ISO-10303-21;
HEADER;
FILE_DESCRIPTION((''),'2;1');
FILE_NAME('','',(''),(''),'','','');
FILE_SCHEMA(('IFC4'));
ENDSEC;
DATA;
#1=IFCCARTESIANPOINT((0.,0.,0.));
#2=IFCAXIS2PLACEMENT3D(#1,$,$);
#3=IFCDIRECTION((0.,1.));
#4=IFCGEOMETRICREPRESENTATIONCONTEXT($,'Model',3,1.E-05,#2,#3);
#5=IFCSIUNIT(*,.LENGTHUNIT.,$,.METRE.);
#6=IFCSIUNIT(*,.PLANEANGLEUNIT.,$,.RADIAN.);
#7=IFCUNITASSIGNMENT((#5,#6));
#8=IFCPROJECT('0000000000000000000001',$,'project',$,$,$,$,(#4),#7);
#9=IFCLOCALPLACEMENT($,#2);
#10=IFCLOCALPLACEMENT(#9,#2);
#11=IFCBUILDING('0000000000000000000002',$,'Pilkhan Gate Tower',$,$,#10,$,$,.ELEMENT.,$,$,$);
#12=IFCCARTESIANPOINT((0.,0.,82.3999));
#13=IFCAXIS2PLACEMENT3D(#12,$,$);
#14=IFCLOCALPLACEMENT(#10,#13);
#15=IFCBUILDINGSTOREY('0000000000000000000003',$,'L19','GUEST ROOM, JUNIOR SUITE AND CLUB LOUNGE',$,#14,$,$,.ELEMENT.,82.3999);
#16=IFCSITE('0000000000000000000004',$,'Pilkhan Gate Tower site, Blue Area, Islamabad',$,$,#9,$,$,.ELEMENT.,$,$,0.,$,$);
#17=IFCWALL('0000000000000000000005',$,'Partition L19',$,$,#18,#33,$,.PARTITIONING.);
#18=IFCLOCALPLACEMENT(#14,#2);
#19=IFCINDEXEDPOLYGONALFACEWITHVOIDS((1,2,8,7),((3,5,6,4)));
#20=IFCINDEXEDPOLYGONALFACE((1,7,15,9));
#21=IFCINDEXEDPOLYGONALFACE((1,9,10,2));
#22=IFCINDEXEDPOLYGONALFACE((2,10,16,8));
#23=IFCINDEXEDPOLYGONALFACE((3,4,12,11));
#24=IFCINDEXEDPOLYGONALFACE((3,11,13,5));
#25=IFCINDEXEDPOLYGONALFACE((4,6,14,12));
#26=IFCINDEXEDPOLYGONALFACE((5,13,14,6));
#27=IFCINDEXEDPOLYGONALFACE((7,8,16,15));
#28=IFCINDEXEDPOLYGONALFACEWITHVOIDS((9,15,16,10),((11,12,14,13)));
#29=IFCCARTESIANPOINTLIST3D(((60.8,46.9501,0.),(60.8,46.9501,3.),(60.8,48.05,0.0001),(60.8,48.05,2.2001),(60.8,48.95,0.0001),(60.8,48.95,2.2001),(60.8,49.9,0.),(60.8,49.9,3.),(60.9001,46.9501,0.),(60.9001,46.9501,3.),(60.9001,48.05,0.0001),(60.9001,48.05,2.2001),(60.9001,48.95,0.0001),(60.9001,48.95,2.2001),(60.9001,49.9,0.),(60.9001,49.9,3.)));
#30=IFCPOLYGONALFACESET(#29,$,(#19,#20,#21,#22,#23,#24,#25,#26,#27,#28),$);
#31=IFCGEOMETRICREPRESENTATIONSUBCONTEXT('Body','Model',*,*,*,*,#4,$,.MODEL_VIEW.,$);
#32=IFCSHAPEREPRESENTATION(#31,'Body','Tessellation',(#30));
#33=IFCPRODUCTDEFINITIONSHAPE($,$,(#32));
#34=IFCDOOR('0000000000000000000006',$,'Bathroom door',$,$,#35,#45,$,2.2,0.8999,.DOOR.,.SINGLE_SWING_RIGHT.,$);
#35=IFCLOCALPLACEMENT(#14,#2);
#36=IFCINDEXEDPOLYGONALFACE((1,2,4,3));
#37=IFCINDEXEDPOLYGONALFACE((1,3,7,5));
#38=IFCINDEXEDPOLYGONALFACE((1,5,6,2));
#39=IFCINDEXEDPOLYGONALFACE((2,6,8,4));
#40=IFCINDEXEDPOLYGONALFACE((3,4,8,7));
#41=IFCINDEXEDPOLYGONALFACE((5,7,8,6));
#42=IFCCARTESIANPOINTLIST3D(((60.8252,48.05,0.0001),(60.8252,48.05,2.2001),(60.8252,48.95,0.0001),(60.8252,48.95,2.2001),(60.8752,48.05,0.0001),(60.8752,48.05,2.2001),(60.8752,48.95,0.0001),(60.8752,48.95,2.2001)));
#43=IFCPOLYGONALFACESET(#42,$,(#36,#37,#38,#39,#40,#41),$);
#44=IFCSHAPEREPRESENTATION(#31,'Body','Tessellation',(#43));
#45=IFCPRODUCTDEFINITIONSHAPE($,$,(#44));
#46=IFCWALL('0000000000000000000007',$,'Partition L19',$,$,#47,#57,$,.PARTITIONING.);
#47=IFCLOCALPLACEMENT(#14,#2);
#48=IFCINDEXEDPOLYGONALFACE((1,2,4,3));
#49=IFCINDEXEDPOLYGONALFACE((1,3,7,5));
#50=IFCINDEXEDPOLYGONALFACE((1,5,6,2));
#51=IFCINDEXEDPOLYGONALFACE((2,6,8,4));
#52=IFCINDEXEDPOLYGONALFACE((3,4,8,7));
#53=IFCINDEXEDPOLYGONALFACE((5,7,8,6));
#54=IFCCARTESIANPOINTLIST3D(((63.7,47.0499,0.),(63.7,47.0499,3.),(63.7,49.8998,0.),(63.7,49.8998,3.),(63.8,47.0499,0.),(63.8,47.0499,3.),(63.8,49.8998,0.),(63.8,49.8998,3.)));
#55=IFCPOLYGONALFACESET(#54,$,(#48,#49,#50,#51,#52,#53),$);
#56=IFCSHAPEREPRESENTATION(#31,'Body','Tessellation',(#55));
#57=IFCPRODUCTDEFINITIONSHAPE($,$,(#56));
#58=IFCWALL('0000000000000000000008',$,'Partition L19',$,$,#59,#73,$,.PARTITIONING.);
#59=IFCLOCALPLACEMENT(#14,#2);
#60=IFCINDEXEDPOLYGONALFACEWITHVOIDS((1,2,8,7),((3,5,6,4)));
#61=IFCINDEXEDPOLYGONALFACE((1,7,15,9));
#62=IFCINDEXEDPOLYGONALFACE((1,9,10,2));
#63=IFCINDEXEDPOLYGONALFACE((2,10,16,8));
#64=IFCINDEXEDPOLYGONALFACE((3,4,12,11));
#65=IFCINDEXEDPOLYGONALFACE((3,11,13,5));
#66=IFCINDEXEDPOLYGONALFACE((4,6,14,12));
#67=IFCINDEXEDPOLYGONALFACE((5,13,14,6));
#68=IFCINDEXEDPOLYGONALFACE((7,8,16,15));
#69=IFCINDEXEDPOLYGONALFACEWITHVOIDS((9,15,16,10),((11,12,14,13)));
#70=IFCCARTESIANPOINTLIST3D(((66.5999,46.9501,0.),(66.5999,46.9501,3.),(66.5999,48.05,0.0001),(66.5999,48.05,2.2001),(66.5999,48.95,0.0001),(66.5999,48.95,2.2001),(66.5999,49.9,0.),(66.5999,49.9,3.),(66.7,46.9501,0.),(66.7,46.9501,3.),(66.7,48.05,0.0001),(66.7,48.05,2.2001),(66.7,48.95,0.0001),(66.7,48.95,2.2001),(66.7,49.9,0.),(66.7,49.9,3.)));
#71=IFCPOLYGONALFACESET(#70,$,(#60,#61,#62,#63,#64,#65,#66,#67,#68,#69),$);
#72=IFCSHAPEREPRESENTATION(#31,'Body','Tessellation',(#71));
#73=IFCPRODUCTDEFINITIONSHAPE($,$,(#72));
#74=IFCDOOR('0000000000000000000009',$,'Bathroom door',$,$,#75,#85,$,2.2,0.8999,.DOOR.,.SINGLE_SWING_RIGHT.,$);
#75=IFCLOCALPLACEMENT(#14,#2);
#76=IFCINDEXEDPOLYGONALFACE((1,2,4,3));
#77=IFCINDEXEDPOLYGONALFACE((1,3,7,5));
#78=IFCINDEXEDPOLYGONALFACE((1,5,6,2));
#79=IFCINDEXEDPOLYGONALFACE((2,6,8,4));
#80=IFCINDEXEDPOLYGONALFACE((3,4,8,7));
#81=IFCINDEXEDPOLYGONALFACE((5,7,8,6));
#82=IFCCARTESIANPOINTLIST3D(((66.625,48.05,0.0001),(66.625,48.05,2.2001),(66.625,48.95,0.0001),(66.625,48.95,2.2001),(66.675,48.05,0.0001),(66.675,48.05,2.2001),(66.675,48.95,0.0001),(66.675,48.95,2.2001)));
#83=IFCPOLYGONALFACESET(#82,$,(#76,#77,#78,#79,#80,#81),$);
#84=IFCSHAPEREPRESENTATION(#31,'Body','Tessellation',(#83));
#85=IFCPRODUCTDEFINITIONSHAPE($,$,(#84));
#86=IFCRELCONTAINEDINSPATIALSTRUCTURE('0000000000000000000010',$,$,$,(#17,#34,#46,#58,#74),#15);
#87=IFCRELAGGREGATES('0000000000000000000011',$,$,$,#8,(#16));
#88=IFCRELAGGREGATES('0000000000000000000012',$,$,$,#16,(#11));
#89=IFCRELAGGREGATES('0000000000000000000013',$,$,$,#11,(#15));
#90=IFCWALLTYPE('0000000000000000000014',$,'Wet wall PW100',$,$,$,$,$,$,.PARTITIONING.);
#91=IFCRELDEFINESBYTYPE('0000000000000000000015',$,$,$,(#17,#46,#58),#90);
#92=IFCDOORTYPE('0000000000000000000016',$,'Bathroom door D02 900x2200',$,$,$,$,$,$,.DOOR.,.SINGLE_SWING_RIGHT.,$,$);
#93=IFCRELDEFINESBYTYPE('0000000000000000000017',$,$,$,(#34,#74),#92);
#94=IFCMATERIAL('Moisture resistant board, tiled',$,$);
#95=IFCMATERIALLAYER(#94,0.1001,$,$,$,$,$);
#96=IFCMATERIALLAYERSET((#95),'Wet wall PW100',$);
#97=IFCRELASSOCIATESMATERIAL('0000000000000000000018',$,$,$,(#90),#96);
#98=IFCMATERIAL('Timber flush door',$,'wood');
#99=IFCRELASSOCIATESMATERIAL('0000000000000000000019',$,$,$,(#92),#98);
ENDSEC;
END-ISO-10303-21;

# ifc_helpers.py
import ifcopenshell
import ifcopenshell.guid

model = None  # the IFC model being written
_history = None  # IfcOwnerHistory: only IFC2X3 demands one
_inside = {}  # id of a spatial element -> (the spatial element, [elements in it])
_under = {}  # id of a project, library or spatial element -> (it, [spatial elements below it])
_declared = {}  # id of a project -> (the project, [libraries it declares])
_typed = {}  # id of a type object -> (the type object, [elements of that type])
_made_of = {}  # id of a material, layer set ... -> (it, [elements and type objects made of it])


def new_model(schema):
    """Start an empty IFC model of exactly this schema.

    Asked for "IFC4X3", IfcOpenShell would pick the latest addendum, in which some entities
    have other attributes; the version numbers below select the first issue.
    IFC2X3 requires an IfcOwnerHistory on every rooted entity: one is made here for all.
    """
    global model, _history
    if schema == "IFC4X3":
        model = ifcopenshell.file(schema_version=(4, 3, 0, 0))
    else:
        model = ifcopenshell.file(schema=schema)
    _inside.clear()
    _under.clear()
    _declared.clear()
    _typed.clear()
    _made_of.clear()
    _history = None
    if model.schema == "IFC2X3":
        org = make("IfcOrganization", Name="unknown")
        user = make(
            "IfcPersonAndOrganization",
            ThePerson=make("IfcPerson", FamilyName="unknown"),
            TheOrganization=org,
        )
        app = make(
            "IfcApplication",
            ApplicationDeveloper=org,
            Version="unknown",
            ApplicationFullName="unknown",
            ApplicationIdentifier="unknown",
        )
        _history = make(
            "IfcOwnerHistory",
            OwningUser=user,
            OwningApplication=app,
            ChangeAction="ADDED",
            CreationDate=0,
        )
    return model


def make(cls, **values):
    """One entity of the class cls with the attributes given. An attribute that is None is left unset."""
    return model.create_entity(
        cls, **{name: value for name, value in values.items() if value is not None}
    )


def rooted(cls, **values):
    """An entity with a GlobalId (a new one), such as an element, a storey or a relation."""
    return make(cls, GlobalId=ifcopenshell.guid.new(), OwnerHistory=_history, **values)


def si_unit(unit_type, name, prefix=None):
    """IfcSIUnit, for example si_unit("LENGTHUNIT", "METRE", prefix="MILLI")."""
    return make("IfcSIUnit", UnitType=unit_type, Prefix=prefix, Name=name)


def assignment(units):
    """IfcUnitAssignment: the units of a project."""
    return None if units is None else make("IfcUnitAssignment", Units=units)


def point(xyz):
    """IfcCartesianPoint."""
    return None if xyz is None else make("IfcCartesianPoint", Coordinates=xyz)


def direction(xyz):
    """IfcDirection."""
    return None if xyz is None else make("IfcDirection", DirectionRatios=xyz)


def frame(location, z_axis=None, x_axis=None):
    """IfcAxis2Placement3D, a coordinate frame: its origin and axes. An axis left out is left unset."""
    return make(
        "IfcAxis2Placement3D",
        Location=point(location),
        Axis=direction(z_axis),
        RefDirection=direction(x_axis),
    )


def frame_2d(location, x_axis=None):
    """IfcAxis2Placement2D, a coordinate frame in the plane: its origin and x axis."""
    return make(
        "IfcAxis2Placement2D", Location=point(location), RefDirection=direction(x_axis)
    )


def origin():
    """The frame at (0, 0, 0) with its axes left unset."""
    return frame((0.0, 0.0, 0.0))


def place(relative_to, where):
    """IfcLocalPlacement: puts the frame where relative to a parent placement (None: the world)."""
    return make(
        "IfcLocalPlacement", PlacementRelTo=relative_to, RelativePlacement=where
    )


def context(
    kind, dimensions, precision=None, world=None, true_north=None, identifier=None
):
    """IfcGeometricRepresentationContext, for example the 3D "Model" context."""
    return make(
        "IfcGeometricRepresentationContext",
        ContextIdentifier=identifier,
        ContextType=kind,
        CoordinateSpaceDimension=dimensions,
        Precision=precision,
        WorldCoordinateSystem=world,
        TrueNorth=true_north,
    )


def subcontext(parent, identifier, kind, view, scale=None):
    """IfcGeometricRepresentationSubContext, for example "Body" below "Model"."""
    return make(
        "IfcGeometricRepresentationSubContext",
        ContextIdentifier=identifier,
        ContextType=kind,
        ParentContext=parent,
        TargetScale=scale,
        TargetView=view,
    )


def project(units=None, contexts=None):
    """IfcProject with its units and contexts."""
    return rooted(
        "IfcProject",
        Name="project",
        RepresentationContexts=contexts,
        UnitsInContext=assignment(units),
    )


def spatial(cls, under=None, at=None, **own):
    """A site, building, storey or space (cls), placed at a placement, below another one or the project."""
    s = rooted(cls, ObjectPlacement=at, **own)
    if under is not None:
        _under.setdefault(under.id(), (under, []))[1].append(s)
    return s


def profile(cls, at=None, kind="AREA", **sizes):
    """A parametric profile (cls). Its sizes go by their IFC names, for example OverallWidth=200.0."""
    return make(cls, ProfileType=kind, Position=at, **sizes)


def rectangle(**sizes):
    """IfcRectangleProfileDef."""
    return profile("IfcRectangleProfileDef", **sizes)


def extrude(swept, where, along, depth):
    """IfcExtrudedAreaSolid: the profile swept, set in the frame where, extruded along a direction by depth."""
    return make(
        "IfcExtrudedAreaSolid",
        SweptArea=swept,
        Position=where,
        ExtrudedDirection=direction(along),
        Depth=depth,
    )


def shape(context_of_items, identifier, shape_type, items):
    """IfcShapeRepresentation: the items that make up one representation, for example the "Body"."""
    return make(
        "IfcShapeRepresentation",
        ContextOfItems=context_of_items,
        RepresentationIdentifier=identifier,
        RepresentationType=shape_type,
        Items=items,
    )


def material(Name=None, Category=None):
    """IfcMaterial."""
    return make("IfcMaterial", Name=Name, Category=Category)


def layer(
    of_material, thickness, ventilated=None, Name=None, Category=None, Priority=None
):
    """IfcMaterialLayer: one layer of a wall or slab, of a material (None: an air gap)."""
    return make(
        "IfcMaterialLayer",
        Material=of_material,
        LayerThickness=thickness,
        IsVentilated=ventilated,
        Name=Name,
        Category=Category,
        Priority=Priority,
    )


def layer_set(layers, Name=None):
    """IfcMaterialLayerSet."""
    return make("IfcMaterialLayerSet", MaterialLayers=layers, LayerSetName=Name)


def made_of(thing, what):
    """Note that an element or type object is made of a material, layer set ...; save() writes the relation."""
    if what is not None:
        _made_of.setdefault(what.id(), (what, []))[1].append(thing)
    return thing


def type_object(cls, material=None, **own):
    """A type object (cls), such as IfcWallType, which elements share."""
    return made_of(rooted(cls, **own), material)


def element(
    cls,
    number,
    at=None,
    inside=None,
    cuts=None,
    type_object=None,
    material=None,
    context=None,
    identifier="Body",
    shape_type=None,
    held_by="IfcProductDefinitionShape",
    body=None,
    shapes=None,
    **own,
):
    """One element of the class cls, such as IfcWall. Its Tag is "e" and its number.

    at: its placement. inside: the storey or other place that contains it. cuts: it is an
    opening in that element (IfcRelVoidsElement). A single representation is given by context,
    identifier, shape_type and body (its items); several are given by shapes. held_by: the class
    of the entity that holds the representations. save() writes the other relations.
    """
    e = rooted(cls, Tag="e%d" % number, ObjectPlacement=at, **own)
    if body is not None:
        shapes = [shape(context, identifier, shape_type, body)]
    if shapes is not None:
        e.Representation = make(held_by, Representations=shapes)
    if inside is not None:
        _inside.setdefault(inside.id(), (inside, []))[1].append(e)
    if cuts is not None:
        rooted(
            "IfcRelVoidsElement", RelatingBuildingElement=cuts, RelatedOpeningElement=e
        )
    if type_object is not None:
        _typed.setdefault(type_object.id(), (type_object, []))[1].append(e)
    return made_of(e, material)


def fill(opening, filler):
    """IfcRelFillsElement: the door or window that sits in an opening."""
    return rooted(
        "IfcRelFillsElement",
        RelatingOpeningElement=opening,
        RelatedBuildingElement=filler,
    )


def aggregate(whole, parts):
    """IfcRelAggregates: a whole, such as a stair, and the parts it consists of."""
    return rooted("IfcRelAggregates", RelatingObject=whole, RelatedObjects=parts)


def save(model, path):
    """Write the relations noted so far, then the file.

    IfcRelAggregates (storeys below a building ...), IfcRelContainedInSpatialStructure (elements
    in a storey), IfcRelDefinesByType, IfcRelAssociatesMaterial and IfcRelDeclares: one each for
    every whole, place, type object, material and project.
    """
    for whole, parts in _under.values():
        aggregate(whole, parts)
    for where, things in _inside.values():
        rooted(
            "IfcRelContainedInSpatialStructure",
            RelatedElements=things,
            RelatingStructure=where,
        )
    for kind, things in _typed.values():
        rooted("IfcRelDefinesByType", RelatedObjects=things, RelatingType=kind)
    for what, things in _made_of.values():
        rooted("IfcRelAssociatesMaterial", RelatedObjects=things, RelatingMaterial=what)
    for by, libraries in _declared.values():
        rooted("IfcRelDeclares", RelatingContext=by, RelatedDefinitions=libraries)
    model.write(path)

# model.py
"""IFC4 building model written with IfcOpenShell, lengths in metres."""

from ifc_helpers import new_model, si_unit, direction, frame, frame_2d, origin, place, context, subcontext, project, spatial, rectangle, extrude, material, layer, layer_set, type_object, element, fill, save


model = new_model("IFC4")

# Units and contexts
model_context = context("Model", 3, precision=1e-05, world=origin(), true_north=direction((0.0, 1.0)))
body_context = subcontext(model_context, "Body", "Model", "MODEL_VIEW")
ifc_project = project(units=[si_unit("LENGTHUNIT", "METRE"), si_unit("PLANEANGLEUNIT", "RADIAN")], contexts=[model_context])

# Site, building, storey
site_placement = place(None, origin())
site = spatial("IfcSite", under=ifc_project, at=site_placement, Name="Pilkhan Gate Tower site, Blue Area, Islamabad", CompositionType="ELEMENT", RefElevation=0.0)
building_placement = place(site_placement, origin())
building = spatial("IfcBuilding", under=site, at=building_placement, Name="Pilkhan Gate Tower", CompositionType="ELEMENT")
storey_placement = place(building_placement, frame((0.0, 0.0, 82.3999)))
storey = spatial("IfcBuildingStorey", under=building, at=storey_placement, Name="L19", Description="GUEST ROOM, JUNIOR SUITE AND CLUB LOUNGE", CompositionType="ELEMENT", Elevation=82.3999)

# Shared definitions
ifc_material_1 = material(Name="Moisture resistant board, tiled")
ifc_layer_1 = layer(ifc_material_1, 0.1001)
ifc_layer_set_1 = layer_set([ifc_layer_1], Name="Wet wall PW100")
wall_type_1 = type_object("IfcWallType", Name="Wet wall PW100", PredefinedType="PARTITIONING", material=ifc_layer_set_1)

# Wall, opening, door
wall_1_placement = place(storey_placement, frame((60.8501, 46.95, 0.0), z_axis=(0.0, 0.0, 1.0), x_axis=(0.0, 1.0, 0.0)))
wall_1 = element("IfcWall", 1, at=wall_1_placement, inside=storey, type_object=wall_type_1, Name="Partition L19", PredefinedType="PARTITIONING", context=body_context, shape_type="SweptSolid", body=[
    extrude(rectangle(XDim=2.95, YDim=0.1001, at=frame_2d((1.4751, 0.0))), origin(), (0.0, 0.0, 1.0), 3.0),
])
opening_1_placement = place(wall_1_placement, frame((1.1001, 0.0, 0.0)))
opening_1 = element("IfcOpeningElement", 2, at=opening_1_placement, cuts=wall_1, PredefinedType="OPENING", context=body_context, shape_type="SweptSolid", body=[
    extrude(rectangle(XDim=0.8999, YDim=2.2, at=frame_2d((0.45, 1.1001))), frame((0.0, 0.0601, 0.0), z_axis=(0.0, -1.0, 0.0), x_axis=(1.0, 0.0, 0.0)), (0.0, 0.0, 1.0), 0.1201),
])
ifc_material_2 = material(Name="Timber flush door", Category="wood")
door_type = type_object("IfcDoorType", Name="Bathroom door D02 900x2200", OperationType="SINGLE_SWING_RIGHT", PredefinedType="DOOR", material=ifc_material_2)
door_1_placement = place(opening_1_placement, origin())
door_1 = element("IfcDoor", 3, at=door_1_placement, inside=storey, type_object=door_type, Name="Bathroom door", OperationType="SINGLE_SWING_RIGHT", OverallHeight=2.2, OverallWidth=0.8999, PredefinedType="DOOR", context=body_context, shape_type="SweptSolid", body=[
    extrude(rectangle(XDim=0.8999, YDim=2.2, at=frame_2d((0.45, 1.1001))), frame((0.0, 0.0249, 0.0), z_axis=(0.0, -1.0, 0.0), x_axis=(1.0, 0.0, 0.0)), (0.0, 0.0, 1.0), 0.05),
])
fill(opening_1, door_1)

# Wall
wall_2_placement = place(storey_placement, frame((63.75, 47.05, 0.0), z_axis=(0.0, 0.0, 1.0), x_axis=(0.0, 1.0, 0.0)))
element("IfcWall", 4, at=wall_2_placement, inside=storey, type_object=wall_type_1, Name="Partition L19", PredefinedType="PARTITIONING", context=body_context, shape_type="SweptSolid", body=[
    extrude(rectangle(XDim=2.8499, YDim=0.1001, at=frame_2d((1.4248, 0.0))), origin(), (0.0, 0.0, 1.0), 3.0),
])

# Wall, opening, door
wall_3_placement = place(storey_placement, frame((66.6499, 46.95, 0.0), z_axis=(0.0, 0.0, 1.0), x_axis=(0.0, 1.0, 0.0)))
wall_3 = element("IfcWall", 5, at=wall_3_placement, inside=storey, type_object=wall_type_1, Name="Partition L19", PredefinedType="PARTITIONING", context=body_context, shape_type="SweptSolid", body=[
    extrude(rectangle(XDim=2.95, YDim=0.1001, at=frame_2d((1.4751, 0.0))), origin(), (0.0, 0.0, 1.0), 3.0),
])
opening_2_placement = place(wall_3_placement, frame((1.1001, 0.0, 0.0)))
opening_2 = element("IfcOpeningElement", 6, at=opening_2_placement, cuts=wall_3, PredefinedType="OPENING", context=body_context, shape_type="SweptSolid", body=[
    extrude(rectangle(XDim=0.8999, YDim=2.2, at=frame_2d((0.45, 1.1001))), frame((0.0, 0.0601, 0.0), z_axis=(0.0, -1.0, 0.0), x_axis=(1.0, 0.0, 0.0)), (0.0, 0.0, 1.0), 0.1201),
])
door_2_placement = place(opening_2_placement, origin())
door_2 = element("IfcDoor", 7, at=door_2_placement, inside=storey, type_object=door_type, Name="Bathroom door", OperationType="SINGLE_SWING_RIGHT", OverallHeight=2.2, OverallWidth=0.8999, PredefinedType="DOOR", context=body_context, shape_type="SweptSolid", body=[
    extrude(rectangle(XDim=0.8999, YDim=2.2, at=frame_2d((0.45, 1.1001))), frame((0.0, 0.0249, 0.0), z_axis=(0.0, -1.0, 0.0), x_axis=(1.0, 0.0, 0.0)), (0.0, 0.0, 1.0), 0.05),
])
fill(opening_2, door_2)

save(model, "model.ifc")
